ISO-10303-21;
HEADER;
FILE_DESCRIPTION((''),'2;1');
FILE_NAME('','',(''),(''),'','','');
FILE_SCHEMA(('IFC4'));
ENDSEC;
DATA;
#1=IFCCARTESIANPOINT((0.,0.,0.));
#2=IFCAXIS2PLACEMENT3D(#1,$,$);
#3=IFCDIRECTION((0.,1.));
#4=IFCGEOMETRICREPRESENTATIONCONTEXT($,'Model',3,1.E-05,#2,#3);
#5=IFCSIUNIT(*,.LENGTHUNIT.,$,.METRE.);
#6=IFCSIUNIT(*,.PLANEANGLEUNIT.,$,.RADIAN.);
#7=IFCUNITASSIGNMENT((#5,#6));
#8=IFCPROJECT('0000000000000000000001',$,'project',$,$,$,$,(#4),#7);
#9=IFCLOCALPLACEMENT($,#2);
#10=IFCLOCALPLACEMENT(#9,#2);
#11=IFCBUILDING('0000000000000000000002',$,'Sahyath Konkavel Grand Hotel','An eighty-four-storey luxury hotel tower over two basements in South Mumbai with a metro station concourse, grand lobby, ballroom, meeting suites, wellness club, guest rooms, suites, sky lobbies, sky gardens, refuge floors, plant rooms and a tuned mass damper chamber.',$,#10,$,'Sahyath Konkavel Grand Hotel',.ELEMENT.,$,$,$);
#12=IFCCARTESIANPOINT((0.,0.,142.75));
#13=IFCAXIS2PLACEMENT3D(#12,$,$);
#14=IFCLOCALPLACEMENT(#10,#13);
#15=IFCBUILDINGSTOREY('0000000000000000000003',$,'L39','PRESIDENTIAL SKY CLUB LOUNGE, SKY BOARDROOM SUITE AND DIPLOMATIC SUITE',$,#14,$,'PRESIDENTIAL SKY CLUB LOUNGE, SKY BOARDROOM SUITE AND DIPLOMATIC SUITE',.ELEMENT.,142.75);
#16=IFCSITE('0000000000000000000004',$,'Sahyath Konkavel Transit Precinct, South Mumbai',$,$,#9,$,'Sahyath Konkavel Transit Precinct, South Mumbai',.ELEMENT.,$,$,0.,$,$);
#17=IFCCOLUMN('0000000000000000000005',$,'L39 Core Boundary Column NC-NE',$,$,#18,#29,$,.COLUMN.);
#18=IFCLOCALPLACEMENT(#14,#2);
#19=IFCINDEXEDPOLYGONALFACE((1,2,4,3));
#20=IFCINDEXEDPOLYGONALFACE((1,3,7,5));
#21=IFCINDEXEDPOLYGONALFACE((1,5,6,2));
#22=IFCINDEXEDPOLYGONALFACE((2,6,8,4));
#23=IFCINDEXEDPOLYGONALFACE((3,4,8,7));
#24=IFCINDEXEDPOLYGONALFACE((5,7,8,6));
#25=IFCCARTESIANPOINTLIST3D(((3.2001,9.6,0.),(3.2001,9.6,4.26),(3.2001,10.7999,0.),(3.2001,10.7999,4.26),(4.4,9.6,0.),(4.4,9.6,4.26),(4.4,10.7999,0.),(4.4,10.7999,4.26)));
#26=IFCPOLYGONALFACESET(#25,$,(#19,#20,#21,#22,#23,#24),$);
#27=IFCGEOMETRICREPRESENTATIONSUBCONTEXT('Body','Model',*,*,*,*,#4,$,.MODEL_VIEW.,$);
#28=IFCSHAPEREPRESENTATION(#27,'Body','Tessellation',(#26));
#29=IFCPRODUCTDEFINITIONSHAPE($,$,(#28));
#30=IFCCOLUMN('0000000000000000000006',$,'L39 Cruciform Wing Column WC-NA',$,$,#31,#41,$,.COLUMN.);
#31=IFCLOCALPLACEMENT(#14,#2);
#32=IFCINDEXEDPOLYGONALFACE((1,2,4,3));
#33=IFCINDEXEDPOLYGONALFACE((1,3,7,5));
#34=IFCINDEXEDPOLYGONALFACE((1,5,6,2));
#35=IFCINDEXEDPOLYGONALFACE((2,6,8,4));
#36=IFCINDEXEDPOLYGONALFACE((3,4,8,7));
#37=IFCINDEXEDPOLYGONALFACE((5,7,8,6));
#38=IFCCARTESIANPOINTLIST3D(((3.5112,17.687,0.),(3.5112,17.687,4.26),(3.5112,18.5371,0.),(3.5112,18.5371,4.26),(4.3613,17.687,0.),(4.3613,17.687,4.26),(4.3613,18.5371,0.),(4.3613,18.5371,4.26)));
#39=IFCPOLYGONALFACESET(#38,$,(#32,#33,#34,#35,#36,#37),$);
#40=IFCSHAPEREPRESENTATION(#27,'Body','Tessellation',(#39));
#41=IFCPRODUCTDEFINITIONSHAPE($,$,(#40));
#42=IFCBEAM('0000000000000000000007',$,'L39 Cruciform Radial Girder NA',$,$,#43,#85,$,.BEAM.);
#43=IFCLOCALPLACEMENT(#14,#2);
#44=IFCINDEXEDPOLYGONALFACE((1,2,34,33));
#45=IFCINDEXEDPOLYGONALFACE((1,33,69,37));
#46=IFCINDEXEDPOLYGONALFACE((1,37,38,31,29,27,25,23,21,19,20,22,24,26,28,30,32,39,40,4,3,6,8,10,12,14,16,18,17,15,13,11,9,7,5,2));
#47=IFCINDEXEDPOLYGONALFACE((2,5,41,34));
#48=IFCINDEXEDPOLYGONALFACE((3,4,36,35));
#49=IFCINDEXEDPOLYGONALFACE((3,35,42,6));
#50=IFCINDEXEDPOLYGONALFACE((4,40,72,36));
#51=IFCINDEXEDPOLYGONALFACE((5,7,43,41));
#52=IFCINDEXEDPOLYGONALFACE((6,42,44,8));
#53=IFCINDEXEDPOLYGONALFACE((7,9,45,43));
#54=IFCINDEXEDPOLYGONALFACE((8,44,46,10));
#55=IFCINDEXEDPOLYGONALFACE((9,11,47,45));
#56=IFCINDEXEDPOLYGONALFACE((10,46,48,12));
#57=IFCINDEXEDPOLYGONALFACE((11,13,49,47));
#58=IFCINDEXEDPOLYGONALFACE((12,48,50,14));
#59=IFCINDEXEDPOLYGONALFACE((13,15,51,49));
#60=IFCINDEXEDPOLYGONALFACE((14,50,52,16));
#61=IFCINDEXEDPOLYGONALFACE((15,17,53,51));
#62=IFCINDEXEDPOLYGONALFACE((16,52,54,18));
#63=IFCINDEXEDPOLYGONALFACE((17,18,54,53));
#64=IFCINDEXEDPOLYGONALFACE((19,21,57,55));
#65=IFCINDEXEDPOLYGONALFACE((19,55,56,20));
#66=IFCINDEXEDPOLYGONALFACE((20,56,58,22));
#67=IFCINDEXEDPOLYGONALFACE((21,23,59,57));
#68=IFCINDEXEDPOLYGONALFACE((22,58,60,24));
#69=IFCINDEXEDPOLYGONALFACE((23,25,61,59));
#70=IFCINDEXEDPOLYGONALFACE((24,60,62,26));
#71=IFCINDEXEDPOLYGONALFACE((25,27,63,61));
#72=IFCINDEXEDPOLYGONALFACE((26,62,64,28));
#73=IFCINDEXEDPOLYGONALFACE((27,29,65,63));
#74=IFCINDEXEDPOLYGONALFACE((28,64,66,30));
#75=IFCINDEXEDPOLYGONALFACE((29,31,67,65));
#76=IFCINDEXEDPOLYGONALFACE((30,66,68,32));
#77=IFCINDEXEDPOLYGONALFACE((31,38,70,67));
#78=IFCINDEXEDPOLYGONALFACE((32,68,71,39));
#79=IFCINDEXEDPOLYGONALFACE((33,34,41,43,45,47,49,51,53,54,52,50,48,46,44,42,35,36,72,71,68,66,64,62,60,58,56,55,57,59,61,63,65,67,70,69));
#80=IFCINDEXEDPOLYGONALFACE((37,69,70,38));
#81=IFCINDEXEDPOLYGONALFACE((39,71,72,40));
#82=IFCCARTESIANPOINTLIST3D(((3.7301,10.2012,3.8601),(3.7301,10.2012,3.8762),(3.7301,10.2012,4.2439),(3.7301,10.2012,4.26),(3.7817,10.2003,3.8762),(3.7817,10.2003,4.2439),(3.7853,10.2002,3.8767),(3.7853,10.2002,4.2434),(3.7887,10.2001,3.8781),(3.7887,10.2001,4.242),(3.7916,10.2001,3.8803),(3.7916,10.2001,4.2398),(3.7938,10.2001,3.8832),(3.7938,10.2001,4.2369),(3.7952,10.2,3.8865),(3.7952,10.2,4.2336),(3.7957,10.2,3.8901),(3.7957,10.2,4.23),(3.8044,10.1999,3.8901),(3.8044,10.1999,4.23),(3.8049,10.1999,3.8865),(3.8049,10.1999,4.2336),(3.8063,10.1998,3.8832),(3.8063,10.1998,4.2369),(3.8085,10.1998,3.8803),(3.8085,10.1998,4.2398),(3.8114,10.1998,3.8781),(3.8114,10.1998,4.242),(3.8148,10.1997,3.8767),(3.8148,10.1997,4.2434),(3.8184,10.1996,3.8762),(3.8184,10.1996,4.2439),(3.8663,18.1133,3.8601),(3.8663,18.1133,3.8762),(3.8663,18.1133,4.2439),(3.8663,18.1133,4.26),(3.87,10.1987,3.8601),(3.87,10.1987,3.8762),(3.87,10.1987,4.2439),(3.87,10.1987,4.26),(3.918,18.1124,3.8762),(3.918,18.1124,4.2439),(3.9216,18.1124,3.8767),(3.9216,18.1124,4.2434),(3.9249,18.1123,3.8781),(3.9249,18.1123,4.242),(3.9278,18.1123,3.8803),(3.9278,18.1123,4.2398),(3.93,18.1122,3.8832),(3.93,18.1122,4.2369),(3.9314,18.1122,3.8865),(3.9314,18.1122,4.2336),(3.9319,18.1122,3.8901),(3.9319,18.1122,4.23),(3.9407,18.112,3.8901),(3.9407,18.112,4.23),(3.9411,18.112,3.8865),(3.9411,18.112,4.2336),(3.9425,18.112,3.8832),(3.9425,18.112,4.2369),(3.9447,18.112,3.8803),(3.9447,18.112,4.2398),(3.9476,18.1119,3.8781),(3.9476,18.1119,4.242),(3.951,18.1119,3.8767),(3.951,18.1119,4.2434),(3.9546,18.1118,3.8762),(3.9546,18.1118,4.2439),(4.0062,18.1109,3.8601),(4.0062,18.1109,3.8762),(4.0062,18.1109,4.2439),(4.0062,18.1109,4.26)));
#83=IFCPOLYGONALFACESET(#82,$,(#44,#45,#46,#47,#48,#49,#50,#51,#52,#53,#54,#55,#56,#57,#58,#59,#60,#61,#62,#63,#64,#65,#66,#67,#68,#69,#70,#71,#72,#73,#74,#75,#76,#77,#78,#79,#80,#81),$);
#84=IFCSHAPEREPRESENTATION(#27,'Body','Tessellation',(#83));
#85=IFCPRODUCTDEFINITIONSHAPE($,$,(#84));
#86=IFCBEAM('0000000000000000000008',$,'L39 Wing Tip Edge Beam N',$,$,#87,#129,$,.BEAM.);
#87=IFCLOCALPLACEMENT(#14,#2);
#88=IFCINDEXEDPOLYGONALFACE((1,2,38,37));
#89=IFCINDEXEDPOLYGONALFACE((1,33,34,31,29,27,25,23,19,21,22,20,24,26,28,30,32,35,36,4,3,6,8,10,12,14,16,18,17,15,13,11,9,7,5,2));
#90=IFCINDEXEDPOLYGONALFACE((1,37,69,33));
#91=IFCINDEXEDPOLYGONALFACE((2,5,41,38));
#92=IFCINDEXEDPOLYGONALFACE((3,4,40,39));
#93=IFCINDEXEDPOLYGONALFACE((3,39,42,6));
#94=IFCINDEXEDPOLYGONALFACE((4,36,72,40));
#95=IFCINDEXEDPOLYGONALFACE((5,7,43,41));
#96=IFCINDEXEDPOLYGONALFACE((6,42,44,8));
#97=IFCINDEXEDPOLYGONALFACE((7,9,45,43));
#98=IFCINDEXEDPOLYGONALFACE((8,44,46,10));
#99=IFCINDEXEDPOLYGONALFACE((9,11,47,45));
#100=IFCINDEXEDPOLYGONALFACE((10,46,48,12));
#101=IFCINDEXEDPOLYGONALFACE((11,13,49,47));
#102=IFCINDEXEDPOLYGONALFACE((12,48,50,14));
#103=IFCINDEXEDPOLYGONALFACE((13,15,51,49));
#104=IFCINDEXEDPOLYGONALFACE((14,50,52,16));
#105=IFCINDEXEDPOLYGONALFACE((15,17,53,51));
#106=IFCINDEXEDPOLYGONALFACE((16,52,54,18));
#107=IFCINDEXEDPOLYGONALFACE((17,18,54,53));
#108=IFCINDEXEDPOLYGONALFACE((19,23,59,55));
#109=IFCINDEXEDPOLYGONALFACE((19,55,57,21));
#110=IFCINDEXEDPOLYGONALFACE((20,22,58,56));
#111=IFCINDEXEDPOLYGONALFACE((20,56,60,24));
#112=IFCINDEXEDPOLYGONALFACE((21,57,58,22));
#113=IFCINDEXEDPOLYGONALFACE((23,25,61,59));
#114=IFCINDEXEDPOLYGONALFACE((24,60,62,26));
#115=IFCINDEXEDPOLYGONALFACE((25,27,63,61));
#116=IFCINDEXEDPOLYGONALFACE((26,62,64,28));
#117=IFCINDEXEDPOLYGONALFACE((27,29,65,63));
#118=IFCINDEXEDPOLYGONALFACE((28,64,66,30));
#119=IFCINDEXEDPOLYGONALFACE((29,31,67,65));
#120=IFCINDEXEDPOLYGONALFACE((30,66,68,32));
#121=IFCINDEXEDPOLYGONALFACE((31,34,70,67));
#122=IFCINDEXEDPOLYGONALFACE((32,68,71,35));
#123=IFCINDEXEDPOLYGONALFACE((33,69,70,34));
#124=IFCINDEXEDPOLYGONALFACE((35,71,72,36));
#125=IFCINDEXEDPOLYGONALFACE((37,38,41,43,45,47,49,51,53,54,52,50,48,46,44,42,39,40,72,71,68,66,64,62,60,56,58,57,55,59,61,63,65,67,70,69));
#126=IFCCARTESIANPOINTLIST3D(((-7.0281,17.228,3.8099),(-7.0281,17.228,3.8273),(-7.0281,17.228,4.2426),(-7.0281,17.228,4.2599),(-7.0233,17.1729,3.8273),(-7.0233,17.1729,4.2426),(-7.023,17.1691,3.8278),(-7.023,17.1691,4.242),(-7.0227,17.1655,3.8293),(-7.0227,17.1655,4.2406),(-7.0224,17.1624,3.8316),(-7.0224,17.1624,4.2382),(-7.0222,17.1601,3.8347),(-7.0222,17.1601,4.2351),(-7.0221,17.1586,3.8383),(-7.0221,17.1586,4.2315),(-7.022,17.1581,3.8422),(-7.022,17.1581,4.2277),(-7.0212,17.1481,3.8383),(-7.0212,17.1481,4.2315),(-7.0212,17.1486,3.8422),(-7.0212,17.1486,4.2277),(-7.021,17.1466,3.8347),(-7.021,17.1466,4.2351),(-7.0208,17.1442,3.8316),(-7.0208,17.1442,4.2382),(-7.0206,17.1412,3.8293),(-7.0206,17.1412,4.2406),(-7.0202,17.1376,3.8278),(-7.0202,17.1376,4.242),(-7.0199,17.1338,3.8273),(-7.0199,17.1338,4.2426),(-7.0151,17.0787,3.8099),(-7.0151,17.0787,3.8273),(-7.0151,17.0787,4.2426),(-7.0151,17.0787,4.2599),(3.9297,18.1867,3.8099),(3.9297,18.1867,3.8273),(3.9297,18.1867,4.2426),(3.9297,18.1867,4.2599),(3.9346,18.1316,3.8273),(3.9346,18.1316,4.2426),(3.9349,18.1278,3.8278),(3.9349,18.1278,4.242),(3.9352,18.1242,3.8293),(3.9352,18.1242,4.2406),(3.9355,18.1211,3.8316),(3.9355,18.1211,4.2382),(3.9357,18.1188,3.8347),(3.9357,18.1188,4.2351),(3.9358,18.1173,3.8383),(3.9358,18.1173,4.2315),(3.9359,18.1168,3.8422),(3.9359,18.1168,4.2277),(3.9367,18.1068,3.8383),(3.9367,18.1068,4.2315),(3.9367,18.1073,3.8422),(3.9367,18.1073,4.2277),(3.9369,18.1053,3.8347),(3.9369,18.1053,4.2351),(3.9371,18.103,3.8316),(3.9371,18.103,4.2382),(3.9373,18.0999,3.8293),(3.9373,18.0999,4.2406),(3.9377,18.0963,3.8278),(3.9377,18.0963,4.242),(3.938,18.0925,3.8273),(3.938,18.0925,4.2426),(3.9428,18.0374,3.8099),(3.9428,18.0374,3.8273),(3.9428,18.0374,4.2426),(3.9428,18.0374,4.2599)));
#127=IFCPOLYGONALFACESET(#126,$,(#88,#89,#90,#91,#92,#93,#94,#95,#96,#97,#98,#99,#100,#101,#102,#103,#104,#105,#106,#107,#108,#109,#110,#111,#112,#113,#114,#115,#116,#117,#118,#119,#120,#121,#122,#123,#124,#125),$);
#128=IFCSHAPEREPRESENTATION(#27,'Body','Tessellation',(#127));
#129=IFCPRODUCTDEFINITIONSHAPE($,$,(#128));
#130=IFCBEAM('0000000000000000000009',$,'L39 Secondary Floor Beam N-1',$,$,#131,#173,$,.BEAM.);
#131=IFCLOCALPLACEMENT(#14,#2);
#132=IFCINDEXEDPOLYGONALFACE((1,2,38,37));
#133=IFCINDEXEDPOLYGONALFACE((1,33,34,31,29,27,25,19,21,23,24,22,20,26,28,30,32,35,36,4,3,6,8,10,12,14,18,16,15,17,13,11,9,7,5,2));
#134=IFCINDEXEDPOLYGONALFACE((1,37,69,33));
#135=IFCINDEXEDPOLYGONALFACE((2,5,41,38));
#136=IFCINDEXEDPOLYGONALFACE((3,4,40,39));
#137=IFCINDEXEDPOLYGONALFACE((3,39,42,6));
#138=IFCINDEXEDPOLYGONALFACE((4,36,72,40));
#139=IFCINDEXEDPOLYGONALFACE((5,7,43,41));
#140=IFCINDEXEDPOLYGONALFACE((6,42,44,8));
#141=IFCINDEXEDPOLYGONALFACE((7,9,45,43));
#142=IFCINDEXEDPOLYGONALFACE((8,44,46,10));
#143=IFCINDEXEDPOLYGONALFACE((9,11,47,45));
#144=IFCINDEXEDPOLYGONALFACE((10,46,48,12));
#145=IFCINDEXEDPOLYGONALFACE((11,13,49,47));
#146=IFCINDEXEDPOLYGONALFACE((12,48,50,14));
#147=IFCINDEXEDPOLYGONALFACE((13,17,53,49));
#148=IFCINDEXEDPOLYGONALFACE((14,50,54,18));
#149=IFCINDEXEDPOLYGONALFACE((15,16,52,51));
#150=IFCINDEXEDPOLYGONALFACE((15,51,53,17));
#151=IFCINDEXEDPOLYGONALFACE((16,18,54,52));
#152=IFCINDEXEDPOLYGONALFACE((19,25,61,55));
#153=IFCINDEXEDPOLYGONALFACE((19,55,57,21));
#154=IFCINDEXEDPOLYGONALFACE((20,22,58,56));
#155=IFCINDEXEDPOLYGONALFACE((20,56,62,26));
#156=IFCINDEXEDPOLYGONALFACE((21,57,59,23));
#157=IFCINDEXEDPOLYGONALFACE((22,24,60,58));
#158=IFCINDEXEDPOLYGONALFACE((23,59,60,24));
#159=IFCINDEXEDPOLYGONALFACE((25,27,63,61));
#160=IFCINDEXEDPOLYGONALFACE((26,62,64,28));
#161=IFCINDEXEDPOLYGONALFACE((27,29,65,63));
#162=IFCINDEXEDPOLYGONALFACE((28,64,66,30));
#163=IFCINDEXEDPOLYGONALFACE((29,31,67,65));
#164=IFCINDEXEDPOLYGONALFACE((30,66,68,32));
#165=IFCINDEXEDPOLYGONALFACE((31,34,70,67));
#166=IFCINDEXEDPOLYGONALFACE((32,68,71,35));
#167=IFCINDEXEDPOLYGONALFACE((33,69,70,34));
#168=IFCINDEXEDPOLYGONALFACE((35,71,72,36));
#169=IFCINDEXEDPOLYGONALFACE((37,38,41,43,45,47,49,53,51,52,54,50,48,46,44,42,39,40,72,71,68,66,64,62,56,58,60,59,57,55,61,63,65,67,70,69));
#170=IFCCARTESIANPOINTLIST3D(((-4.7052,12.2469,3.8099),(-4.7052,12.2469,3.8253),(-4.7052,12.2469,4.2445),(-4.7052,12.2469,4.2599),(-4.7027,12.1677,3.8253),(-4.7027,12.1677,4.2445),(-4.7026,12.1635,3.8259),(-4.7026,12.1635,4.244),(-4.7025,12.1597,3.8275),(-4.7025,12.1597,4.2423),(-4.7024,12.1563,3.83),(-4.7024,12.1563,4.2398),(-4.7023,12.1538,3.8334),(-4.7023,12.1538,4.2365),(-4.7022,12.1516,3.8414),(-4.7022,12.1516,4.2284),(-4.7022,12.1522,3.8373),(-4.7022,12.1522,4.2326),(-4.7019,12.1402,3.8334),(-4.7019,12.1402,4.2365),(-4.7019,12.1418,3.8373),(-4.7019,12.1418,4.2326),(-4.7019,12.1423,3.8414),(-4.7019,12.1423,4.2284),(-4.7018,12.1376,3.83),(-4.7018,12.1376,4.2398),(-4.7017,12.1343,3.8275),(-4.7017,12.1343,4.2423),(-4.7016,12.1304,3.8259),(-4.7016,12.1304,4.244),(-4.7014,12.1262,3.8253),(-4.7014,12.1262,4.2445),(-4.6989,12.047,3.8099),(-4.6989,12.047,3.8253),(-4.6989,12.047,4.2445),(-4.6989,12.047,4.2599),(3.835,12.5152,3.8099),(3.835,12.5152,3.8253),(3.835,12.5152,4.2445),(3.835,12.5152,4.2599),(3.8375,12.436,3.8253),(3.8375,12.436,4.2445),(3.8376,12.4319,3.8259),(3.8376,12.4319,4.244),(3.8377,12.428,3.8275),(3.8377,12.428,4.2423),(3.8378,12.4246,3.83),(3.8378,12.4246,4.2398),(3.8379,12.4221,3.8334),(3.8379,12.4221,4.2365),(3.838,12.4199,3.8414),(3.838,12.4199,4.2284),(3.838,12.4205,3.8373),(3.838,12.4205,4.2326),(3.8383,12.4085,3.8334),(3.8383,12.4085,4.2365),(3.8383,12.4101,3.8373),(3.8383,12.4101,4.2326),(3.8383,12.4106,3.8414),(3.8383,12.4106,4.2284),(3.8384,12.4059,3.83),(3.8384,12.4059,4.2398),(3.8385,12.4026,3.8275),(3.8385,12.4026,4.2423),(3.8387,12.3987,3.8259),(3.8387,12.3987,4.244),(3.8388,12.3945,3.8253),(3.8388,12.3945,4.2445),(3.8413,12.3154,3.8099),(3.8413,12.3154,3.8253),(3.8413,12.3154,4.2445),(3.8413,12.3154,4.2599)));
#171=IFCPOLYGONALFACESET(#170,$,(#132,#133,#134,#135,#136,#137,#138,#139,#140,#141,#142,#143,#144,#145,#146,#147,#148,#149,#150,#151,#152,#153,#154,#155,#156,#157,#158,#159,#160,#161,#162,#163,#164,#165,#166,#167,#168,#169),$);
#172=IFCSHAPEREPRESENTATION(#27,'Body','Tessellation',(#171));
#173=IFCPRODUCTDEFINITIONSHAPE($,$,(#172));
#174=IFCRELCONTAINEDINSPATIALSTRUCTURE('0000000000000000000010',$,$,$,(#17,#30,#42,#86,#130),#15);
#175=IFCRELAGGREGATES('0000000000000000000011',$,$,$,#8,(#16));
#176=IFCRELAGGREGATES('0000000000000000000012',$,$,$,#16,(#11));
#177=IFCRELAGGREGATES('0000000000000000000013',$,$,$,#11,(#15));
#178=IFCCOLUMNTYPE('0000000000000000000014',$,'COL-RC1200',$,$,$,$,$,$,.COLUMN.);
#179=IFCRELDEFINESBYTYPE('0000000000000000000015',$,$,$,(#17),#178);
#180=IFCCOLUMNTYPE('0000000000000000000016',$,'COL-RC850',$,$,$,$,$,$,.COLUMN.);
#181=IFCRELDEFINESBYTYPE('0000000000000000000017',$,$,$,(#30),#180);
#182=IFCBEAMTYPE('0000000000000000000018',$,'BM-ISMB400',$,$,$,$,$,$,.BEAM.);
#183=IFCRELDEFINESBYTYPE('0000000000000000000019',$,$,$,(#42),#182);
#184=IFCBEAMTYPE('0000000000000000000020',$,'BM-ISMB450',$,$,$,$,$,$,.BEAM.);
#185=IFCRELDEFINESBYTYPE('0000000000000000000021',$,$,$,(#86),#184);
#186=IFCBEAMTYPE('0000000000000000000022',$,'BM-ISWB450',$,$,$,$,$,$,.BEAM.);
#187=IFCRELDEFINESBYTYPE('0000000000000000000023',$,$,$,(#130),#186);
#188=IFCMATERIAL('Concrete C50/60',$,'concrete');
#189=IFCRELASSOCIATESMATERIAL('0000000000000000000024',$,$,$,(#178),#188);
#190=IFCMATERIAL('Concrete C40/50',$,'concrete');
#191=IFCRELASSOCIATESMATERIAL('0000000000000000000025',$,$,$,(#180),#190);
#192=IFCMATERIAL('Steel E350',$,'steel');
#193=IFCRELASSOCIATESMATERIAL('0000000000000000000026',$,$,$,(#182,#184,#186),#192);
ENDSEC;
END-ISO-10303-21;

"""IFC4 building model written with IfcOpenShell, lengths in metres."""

from ifc_helpers import new_model, si_unit, direction, frame, origin, origin_2d, place, context, subcontext, project, spatial, rectangle, i_section, extrude, source, transform, mapped, material, material_profile, profile_set, type_object, element, save


model = new_model("IFC4")

# Units and contexts
model_context = context("Model", 3, precision=1e-05, world=origin(), true_north=direction((0.0, 1.0)))
body_context = subcontext(model_context, "Body", "Model", "MODEL_VIEW")
ifc_project = project(units=[si_unit("LENGTHUNIT", "METRE"), si_unit("PLANEANGLEUNIT", "RADIAN")], contexts=[model_context])

# Site, building, storey
site_placement = place(None, origin())
site = spatial("IfcSite", under=ifc_project, at=site_placement, Name="Sahyath Konkavel Transit Precinct, South Mumbai", LongName="Sahyath Konkavel Transit Precinct, South Mumbai", CompositionType="ELEMENT", RefElevation=0.0)
building_placement = place(site_placement, origin())
building = spatial("IfcBuilding", under=site, at=building_placement, Name="Sahyath Konkavel Grand Hotel", Description="An eighty-four-storey luxury hotel tower over two basements in South Mumbai with a metro station concourse, grand lobby, ballroom, meeting suites, wellness club, guest rooms, suites, sky lobbies, sky gardens, refuge floors, plant rooms and a tuned mass damper chamber.", LongName="Sahyath Konkavel Grand Hotel", CompositionType="ELEMENT")
storey_placement = place(building_placement, frame((0.0, 0.0, 142.75)))
storey = spatial("IfcBuildingStorey", under=building, at=storey_placement, Name="L39", Description="PRESIDENTIAL SKY CLUB LOUNGE, SKY BOARDROOM SUITE AND DIPLOMATIC SUITE", LongName="PRESIDENTIAL SKY CLUB LOUNGE, SKY BOARDROOM SUITE AND DIPLOMATIC SUITE", CompositionType="ELEMENT", Elevation=142.75)

# Columns
ifc_material_1 = material(Name="Concrete C50/60", Category="concrete")
ifc_material_profile_1 = material_profile(ifc_material_1, rectangle(XDim=1.2, YDim=1.2, at=origin_2d()), Name="RC 1200x1200")
ifc_profile_set_1 = profile_set([ifc_material_profile_1], Name="Concrete C50/60")
column_type_1 = type_object("IfcColumnType", Name="COL-RC1200", PredefinedType="COLUMN", material=ifc_profile_set_1)
shared_shape_1 = source(origin(), body_context, "Body", "SweptSolid", [
    extrude(rectangle(XDim=1.2, YDim=1.2, at=origin_2d()), origin(), (0.0, 0.0, 1.0), 4.26),
])
column_1_placement = place(storey_placement, frame((3.8, 10.2, 0.0), z_axis=(0.0, 0.0, 1.0), x_axis=(1.0, 0.0, 0.0)))
element("IfcColumn", 1, at=column_1_placement, inside=storey, type_object=column_type_1, Name="L39 Core Boundary Column NC-NE", PredefinedType="COLUMN", context=body_context, shape_type="MappedRepresentation", body=[
    mapped(shared_shape_1, transform((0.0, 0.0, 0.0), scale=1.0)),
])
ifc_material_2 = material(Name="Concrete C40/50", Category="concrete")
ifc_material_profile_2 = material_profile(ifc_material_2, rectangle(XDim=0.8501, YDim=0.8501, at=origin_2d()), Name="RC 850x850")
ifc_profile_set_2 = profile_set([ifc_material_profile_2], Name="Concrete C40/50")
column_type_2 = type_object("IfcColumnType", Name="COL-RC850", PredefinedType="COLUMN", material=ifc_profile_set_2)
shared_shape_2 = source(origin(), body_context, "Body", "SweptSolid", [
    extrude(rectangle(XDim=0.8501, YDim=0.8501, at=origin_2d()), origin(), (0.0, 0.0, 1.0), 4.26),
])
column_2_placement = place(storey_placement, frame((3.9363, 18.1121, 0.0), z_axis=(0.0, 0.0, 1.0), x_axis=(1.0, 0.0, 0.0)))
element("IfcColumn", 2, at=column_2_placement, inside=storey, type_object=column_type_2, Name="L39 Cruciform Wing Column WC-NA", PredefinedType="COLUMN", context=body_context, shape_type="MappedRepresentation", body=[
    mapped(shared_shape_2, transform((0.0, 0.0, 0.0), scale=1.0)),
])

# Beams
ifc_material_3 = material(Name="Steel E350", Category="steel")
ifc_material_profile_3 = material_profile(ifc_material_3, i_section(OverallWidth=0.1399, OverallDepth=0.3999, WebThickness=0.0088, FlangeThickness=0.0161, FilletRadius=0.0139, at=origin_2d()), Name="ISMB 400")
ifc_profile_set_3 = profile_set([ifc_material_profile_3], Name="Steel E350")
beam_type_1 = type_object("IfcBeamType", Name="BM-ISMB400", PredefinedType="BEAM", material=ifc_profile_set_3)
shared_shape_3 = source(origin(), body_context, "Body", "SweptSolid", [
    extrude(i_section(OverallWidth=0.1399, OverallDepth=0.3999, WebThickness=0.0088, FlangeThickness=0.0161, FilletRadius=0.0139, at=origin_2d()), origin(), (0.0, 0.0, 1.0), 7.9133),
])
beam_1_placement = place(storey_placement, frame((3.8, 10.2, 4.0601), z_axis=(0.017215, 0.999852, 0.0), x_axis=(-0.999852, 0.017215, 0.0)))
element("IfcBeam", 3, at=beam_1_placement, inside=storey, type_object=beam_type_1, Name="L39 Cruciform Radial Girder NA", PredefinedType="BEAM", context=body_context, shape_type="MappedRepresentation", body=[
    mapped(shared_shape_3, transform((0.0, 0.0, 0.0), scale=1.0)),
])
ifc_material_profile_4 = material_profile(ifc_material_3, i_section(OverallWidth=0.1499, OverallDepth=0.45, WebThickness=0.0095, FlangeThickness=0.0173, FilletRadius=0.0149, at=origin_2d()), Name="ISMB 450")
ifc_profile_set_4 = profile_set([ifc_material_profile_4], Name="Steel E350")
beam_type_2 = type_object("IfcBeamType", Name="BM-ISMB450", PredefinedType="BEAM", material=ifc_profile_set_4)
shared_shape_4 = source(origin(), body_context, "Body", "SweptSolid", [
    extrude(i_section(OverallWidth=0.1499, OverallDepth=0.45, WebThickness=0.0095, FlangeThickness=0.0173, FilletRadius=0.0149, at=origin_2d()), origin(), (0.0, 0.0, 1.0), 10.9998),
])
beam_2_placement = place(storey_placement, frame((3.9363, 18.1121, 4.0349), z_axis=(-0.996194, -0.087159, 0.0), x_axis=(0.087159, -0.996194, 0.0)))
element("IfcBeam", 4, at=beam_2_placement, inside=storey, type_object=beam_type_2, Name="L39 Wing Tip Edge Beam N", PredefinedType="BEAM", context=body_context, shape_type="MappedRepresentation", body=[
    mapped(shared_shape_4, transform((0.0, 0.0, 0.0), scale=1.0)),
])
ifc_material_profile_5 = material_profile(ifc_material_3, i_section(OverallWidth=0.2, OverallDepth=0.45, WebThickness=0.0093, FlangeThickness=0.0154, FilletRadius=0.0161, at=origin_2d()), Name="ISWB 450")
ifc_profile_set_5 = profile_set([ifc_material_profile_5], Name="Steel E350")
beam_type_3 = type_object("IfcBeamType", Name="BM-ISWB450", PredefinedType="BEAM", material=ifc_profile_set_5)
shared_shape_5 = source(origin(), body_context, "Body", "SweptSolid", [
    extrude(i_section(OverallWidth=0.2, OverallDepth=0.45, WebThickness=0.0093, FlangeThickness=0.0154, FilletRadius=0.0161, at=origin_2d()), origin(), (0.0, 0.0, 1.0), 8.5444),
])
beam_3_placement = place(storey_placement, frame((3.8381, 12.4153, 4.0349), z_axis=(-0.999507, -0.031402, 0.0), x_axis=(0.031402, -0.999507, 0.0)))
element("IfcBeam", 5, at=beam_3_placement, inside=storey, type_object=beam_type_3, Name="L39 Secondary Floor Beam N-1", PredefinedType="BEAM", context=body_context, shape_type="MappedRepresentation", body=[
    mapped(shared_shape_5, transform((0.0, 0.0, 0.0), scale=1.0)),
])

save(model, "model.ifc")
